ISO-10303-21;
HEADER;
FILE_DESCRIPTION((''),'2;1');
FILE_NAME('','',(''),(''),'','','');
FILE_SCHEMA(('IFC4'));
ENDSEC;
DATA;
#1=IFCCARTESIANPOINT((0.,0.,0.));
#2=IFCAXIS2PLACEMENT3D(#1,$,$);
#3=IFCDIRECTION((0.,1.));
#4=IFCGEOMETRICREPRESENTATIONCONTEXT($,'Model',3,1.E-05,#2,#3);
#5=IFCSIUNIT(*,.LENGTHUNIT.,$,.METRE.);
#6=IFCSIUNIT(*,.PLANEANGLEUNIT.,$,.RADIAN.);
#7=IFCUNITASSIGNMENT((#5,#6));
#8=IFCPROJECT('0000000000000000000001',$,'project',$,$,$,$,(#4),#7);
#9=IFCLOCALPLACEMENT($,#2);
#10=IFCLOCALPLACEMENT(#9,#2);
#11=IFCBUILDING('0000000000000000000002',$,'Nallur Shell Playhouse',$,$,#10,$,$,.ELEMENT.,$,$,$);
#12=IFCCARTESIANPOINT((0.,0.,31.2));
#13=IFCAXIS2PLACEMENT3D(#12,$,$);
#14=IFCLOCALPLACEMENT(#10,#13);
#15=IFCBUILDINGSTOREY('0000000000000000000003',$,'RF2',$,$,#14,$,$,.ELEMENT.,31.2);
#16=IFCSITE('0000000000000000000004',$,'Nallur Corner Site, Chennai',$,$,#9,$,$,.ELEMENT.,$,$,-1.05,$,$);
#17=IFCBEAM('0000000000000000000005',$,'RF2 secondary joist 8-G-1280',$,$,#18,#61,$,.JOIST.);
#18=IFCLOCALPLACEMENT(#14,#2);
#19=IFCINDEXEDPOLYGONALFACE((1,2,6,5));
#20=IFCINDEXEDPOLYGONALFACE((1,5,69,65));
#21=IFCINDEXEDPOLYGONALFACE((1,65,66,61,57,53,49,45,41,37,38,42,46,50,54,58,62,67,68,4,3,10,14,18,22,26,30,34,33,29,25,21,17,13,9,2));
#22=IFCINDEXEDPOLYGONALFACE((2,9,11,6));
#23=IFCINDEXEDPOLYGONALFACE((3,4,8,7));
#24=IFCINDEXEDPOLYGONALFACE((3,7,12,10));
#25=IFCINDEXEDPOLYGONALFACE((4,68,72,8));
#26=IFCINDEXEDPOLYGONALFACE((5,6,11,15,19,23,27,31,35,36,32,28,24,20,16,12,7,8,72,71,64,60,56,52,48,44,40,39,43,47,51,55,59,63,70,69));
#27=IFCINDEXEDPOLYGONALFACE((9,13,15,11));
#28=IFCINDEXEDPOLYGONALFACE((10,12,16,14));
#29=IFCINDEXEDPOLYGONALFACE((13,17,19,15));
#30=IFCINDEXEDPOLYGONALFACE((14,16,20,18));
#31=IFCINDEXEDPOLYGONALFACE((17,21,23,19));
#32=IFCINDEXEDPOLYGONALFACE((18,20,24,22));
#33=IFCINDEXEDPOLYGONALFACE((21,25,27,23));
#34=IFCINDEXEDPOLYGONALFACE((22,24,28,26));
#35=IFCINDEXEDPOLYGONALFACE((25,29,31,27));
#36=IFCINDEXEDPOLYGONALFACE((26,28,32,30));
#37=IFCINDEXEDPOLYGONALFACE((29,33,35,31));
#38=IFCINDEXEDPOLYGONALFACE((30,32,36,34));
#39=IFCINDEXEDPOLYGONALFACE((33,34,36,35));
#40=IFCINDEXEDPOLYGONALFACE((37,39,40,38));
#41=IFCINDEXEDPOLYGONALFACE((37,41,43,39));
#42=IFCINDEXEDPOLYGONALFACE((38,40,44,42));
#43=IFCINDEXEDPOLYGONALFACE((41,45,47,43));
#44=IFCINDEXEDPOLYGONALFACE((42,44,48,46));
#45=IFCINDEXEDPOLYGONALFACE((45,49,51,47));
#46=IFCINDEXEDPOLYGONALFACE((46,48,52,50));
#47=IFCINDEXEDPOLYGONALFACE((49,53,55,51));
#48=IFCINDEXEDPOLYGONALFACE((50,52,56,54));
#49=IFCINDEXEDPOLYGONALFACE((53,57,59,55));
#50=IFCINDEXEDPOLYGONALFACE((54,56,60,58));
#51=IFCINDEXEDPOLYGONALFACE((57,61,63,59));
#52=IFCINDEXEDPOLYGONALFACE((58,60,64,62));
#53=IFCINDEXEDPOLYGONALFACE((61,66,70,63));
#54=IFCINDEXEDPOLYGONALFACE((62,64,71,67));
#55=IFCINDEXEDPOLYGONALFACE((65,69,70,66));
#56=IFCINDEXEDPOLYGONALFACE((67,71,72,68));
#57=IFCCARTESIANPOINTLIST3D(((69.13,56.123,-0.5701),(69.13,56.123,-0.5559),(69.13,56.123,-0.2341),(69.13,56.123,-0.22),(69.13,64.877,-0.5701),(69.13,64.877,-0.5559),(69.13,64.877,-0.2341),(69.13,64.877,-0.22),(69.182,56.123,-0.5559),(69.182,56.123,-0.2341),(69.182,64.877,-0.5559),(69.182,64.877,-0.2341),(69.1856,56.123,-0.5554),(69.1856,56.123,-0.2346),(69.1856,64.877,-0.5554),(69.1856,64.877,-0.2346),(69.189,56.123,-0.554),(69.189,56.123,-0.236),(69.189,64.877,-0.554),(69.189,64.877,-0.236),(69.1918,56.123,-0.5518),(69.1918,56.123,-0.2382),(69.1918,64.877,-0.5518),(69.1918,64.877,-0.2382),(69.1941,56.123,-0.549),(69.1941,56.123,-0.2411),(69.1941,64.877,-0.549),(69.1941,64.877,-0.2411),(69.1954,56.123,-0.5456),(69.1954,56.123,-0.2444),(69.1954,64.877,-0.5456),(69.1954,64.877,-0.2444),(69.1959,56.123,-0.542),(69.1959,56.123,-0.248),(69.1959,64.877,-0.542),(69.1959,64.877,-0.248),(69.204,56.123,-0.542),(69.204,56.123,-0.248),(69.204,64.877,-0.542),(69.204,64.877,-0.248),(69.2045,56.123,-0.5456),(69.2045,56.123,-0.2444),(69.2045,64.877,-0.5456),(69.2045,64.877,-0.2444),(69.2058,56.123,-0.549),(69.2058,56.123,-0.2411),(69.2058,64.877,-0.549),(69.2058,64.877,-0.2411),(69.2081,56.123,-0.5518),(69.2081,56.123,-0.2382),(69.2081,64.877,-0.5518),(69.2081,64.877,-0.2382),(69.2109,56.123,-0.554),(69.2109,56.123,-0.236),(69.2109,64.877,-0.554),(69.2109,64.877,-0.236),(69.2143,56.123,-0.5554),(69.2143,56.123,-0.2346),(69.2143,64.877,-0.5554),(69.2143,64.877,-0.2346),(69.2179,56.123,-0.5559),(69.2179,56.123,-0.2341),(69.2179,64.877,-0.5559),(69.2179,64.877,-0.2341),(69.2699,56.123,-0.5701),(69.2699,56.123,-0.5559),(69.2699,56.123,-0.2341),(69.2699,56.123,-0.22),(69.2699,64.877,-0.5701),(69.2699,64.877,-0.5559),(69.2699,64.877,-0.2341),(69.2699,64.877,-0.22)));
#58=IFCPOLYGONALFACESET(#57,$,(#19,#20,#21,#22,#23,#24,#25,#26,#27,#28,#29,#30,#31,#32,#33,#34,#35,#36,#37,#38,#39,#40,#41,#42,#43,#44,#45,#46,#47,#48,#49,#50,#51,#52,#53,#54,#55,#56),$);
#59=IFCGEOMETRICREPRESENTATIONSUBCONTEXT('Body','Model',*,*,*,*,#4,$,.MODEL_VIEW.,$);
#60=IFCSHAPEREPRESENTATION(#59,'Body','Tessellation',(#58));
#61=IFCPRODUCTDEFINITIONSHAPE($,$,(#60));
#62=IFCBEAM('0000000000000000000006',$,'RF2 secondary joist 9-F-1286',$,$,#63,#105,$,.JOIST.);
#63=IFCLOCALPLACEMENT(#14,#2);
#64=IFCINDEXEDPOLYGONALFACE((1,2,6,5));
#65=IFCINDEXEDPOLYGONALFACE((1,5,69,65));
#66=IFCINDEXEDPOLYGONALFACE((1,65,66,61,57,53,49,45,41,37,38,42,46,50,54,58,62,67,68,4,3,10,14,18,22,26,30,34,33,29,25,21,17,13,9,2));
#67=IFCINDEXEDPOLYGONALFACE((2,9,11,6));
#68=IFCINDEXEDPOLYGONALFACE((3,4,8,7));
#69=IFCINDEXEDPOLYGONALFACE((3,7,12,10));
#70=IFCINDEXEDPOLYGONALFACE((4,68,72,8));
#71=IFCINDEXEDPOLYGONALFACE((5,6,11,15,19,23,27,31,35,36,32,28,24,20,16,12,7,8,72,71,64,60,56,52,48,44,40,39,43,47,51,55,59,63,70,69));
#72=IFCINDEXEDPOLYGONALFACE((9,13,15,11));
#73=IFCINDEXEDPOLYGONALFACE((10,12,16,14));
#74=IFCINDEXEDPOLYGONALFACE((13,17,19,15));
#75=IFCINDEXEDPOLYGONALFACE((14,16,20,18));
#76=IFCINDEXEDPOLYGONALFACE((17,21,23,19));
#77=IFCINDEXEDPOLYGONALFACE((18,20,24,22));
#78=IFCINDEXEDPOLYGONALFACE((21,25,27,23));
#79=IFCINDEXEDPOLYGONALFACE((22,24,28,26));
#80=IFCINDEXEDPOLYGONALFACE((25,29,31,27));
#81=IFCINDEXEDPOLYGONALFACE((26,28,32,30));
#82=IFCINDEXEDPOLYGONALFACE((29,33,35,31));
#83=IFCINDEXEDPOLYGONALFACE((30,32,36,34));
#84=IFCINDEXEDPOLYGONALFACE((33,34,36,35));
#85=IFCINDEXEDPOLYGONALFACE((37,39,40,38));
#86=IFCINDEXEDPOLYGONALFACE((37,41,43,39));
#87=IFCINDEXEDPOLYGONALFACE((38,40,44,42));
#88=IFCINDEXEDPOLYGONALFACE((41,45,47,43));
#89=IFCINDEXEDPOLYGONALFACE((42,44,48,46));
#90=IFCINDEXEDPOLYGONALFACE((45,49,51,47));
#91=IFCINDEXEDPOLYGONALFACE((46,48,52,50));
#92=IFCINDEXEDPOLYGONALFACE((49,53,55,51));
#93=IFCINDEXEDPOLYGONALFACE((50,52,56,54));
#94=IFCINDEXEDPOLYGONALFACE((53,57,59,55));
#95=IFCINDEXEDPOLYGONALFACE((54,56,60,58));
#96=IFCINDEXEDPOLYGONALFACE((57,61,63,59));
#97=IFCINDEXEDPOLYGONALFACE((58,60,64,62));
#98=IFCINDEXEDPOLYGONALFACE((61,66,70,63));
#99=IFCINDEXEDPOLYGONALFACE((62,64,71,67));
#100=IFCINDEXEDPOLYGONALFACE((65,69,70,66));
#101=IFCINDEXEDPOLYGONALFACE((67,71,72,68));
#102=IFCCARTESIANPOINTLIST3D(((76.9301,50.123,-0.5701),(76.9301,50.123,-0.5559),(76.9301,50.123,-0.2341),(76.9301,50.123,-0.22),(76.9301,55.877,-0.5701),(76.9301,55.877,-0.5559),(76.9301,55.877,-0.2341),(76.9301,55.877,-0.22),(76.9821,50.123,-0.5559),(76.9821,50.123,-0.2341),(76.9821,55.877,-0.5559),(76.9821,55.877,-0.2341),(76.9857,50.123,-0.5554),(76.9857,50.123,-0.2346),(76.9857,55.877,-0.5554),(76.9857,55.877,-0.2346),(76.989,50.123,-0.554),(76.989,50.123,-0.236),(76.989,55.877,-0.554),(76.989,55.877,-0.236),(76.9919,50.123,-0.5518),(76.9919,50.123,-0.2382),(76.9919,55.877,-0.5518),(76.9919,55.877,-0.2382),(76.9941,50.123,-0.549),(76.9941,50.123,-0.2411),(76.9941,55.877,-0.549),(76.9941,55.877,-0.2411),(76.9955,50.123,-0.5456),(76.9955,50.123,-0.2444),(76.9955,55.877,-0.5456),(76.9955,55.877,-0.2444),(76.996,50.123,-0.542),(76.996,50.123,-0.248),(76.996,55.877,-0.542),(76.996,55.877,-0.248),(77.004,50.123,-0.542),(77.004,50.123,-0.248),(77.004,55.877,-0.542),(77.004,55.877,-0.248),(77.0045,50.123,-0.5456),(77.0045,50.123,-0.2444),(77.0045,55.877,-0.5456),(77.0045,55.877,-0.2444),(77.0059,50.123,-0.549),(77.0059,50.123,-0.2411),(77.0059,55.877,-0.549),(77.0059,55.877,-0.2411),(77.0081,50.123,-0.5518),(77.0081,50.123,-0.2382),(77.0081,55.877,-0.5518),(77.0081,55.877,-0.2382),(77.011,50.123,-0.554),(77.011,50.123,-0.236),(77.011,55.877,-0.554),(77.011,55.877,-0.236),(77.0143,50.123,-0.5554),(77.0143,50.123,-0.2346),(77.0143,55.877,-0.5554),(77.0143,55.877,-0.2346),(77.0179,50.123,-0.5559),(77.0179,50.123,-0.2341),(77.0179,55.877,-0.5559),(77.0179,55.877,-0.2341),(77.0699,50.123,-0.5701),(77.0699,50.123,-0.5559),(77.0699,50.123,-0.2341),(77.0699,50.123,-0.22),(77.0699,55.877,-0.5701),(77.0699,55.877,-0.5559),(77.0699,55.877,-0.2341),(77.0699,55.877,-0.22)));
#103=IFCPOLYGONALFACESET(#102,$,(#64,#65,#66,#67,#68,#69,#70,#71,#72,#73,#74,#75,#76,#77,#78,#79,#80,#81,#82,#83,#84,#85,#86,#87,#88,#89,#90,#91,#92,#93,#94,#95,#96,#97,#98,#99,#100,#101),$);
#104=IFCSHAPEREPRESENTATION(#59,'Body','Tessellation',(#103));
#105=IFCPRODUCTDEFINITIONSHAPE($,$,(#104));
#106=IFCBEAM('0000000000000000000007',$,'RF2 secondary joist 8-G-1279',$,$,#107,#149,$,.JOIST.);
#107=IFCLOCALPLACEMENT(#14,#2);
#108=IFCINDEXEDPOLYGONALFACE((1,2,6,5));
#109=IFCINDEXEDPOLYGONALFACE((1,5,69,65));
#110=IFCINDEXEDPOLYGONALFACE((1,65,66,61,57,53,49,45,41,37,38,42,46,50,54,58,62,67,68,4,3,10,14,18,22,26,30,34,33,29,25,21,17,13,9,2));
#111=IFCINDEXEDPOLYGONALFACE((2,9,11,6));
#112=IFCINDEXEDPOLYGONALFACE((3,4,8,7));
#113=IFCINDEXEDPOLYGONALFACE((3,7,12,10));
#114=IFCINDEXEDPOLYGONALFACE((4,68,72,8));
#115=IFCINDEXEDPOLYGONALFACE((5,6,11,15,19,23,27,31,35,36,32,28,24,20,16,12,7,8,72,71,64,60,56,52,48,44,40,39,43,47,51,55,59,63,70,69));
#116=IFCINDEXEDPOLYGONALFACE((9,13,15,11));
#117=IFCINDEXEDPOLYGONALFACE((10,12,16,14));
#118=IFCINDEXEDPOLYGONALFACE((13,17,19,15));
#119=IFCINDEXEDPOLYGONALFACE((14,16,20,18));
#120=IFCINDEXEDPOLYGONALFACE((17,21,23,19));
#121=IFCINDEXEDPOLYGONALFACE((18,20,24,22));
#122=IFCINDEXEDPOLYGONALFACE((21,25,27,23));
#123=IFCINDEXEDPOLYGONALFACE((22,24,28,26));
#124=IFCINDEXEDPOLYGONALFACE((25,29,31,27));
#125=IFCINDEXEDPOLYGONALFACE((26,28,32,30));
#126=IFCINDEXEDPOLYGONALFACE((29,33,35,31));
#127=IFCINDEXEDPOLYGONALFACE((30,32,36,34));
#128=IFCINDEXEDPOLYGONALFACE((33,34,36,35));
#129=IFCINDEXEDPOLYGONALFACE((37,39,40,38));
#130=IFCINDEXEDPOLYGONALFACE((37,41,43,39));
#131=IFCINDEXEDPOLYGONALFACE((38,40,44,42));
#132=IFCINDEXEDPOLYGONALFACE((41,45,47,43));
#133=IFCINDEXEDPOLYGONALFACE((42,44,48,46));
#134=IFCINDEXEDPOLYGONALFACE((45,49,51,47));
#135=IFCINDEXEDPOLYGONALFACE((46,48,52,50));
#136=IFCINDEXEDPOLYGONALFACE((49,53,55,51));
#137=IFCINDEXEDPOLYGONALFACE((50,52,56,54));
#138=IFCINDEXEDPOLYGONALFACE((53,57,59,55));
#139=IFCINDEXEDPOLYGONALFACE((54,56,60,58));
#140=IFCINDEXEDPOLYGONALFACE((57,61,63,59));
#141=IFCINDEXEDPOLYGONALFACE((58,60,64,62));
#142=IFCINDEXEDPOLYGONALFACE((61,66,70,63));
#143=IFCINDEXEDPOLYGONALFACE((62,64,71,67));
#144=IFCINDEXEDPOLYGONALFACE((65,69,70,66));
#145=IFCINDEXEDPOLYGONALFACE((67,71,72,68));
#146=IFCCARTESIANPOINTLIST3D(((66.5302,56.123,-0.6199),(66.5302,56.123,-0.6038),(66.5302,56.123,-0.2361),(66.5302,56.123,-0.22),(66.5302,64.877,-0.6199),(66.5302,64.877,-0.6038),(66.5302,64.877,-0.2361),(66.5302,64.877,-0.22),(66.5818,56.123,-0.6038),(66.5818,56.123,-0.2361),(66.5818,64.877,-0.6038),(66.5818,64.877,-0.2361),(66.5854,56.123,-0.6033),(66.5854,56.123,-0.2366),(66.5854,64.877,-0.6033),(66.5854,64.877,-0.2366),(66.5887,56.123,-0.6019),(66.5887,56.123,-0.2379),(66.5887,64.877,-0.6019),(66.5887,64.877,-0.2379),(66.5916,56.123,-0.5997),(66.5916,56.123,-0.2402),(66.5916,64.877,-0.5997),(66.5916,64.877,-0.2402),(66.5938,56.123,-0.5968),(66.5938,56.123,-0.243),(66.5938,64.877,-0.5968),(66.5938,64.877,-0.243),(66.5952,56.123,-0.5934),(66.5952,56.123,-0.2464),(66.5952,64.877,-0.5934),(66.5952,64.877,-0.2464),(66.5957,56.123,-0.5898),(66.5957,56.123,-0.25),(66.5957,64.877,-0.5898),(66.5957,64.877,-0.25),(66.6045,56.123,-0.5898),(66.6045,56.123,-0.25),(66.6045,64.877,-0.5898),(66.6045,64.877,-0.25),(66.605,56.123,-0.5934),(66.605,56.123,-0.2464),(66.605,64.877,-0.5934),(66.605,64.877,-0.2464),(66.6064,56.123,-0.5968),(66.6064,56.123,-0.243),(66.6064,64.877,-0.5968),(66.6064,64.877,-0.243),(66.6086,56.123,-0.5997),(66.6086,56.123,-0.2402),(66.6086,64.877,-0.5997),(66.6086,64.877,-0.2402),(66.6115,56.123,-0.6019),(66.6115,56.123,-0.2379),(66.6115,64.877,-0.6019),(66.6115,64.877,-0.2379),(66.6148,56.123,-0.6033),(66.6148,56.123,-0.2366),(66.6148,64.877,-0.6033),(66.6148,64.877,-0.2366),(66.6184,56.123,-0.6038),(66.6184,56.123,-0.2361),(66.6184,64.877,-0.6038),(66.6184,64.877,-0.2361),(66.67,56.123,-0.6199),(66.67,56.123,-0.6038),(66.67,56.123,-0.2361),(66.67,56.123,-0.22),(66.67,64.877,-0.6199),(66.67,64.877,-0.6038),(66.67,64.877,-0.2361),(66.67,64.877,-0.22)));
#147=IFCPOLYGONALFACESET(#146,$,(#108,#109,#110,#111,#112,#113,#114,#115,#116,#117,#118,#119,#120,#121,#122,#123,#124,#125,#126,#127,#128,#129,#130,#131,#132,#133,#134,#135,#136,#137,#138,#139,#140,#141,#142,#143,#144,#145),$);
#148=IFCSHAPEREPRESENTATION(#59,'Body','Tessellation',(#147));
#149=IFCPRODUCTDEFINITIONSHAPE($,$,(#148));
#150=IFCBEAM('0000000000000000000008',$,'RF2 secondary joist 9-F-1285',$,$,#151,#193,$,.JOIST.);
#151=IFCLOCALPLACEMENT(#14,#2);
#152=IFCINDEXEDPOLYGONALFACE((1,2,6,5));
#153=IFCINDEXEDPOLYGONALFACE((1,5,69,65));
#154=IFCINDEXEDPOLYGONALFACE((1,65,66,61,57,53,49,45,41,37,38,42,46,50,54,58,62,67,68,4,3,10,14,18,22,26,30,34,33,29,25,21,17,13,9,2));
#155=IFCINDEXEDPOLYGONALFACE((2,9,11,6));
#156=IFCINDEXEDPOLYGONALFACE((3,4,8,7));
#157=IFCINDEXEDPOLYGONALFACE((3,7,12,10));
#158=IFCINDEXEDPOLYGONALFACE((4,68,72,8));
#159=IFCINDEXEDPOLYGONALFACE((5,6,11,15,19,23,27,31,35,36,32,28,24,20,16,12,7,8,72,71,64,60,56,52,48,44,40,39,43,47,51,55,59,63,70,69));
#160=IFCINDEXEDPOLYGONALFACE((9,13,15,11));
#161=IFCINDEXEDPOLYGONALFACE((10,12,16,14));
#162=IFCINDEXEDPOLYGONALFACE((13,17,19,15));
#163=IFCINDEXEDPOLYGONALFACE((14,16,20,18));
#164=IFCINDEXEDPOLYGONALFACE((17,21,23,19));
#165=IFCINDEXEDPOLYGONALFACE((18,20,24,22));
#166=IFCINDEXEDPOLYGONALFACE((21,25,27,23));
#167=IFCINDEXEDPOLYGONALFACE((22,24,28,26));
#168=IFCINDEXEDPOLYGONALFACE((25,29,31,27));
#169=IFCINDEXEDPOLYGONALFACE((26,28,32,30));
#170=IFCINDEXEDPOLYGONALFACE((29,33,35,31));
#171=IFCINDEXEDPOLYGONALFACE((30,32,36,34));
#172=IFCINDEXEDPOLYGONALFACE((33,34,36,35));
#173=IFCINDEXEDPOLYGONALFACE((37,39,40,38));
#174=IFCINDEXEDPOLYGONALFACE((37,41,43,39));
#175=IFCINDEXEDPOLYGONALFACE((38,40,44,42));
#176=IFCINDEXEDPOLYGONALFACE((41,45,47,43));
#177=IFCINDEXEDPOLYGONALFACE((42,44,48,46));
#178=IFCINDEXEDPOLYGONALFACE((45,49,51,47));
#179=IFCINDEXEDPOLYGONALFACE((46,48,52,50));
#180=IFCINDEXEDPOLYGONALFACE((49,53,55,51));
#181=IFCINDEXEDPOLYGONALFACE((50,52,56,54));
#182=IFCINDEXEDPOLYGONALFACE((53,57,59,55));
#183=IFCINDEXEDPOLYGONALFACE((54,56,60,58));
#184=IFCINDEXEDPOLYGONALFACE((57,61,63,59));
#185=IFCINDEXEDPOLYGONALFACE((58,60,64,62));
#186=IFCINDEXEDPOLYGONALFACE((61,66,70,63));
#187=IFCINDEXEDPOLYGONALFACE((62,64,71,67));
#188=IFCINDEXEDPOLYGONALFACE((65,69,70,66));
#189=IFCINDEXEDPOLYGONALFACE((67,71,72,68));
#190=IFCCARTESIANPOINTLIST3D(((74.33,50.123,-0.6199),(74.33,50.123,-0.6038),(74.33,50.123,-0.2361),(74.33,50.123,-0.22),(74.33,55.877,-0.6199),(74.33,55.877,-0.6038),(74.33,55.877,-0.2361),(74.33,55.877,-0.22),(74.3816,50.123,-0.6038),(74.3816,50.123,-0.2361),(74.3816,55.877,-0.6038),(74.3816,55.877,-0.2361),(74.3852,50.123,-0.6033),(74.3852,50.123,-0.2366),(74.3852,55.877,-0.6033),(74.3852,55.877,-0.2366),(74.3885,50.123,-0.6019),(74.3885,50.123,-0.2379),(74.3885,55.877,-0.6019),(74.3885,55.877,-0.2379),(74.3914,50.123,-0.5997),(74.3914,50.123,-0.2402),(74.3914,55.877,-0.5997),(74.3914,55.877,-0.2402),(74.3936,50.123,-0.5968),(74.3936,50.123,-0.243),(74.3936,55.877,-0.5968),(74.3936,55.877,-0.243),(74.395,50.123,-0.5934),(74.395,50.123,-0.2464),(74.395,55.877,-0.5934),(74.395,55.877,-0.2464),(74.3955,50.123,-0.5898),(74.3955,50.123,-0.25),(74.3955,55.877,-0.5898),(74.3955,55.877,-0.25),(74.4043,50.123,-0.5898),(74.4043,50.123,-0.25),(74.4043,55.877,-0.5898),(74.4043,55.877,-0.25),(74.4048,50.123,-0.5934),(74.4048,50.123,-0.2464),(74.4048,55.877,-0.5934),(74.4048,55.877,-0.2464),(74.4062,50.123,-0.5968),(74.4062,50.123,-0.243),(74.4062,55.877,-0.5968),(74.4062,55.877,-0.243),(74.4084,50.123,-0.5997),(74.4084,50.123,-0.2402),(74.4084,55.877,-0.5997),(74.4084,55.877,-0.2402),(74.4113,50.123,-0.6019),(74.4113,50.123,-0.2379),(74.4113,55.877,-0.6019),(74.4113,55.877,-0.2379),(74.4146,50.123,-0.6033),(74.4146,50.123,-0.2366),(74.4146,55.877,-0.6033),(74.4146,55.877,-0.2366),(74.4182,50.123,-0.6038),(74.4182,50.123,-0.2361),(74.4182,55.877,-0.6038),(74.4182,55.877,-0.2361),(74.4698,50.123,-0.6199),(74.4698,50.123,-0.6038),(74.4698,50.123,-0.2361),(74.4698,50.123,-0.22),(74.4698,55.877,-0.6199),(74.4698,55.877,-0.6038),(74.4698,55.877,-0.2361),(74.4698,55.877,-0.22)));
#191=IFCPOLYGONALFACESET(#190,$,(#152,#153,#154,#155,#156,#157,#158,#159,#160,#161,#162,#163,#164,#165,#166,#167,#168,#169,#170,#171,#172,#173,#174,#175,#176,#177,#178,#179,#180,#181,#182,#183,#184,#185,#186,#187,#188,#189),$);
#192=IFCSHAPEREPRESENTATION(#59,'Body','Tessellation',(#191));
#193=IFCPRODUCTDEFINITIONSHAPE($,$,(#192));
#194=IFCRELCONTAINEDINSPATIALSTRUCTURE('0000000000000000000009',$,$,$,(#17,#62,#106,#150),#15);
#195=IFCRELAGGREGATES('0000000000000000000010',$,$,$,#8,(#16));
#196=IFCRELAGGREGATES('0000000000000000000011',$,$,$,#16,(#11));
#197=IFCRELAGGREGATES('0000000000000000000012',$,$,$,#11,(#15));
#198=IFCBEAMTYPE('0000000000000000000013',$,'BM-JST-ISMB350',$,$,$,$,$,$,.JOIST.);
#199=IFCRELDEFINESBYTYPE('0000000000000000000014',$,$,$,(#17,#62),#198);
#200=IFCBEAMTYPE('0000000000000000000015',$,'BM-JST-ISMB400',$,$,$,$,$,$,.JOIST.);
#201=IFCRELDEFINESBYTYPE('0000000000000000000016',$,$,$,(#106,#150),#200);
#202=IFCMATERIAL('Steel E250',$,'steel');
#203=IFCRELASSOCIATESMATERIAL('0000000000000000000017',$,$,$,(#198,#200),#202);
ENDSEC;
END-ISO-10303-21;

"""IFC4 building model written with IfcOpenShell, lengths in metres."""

from ifc_helpers import new_model, si_unit, direction, frame, origin, origin_2d, place, context, subcontext, project, spatial, i_section, extrude, material, material_profile, profile_set, type_object, element, save


model = new_model("IFC4")

# Units and contexts
model_context = context("Model", 3, precision=1e-05, world=origin(), true_north=direction((0.0, 1.0)))
body_context = subcontext(model_context, "Body", "Model", "MODEL_VIEW")
ifc_project = project(units=[si_unit("LENGTHUNIT", "METRE"), si_unit("PLANEANGLEUNIT", "RADIAN")], contexts=[model_context])

# Site, building, storey
site_placement = place(None, origin())
site = spatial("IfcSite", under=ifc_project, at=site_placement, Name="Nallur Corner Site, Chennai", CompositionType="ELEMENT", RefElevation=-1.05)
building_placement = place(site_placement, origin())
building = spatial("IfcBuilding", under=site, at=building_placement, Name="Nallur Shell Playhouse", CompositionType="ELEMENT")
storey_placement = place(building_placement, frame((0.0, 0.0, 31.2)))
storey = spatial("IfcBuildingStorey", under=building, at=storey_placement, Name="RF2", CompositionType="ELEMENT", Elevation=31.2)

# Beams
ifc_material_1 = material(Name="Steel E250", Category="steel")
ifc_material_profile_1 = material_profile(ifc_material_1, i_section(OverallWidth=0.1399, OverallDepth=0.3501, WebThickness=0.0081, FlangeThickness=0.0142, FilletRadius=0.0139, at=origin_2d()), Name="ISMB 350")
ifc_profile_set_1 = profile_set([ifc_material_profile_1], Name="Steel E250")
beam_type_1 = type_object("IfcBeamType", Name="BM-JST-ISMB350", PredefinedType="JOIST", material=ifc_profile_set_1)
beam_1_placement = place(storey_placement, frame((69.2, 56.123, -0.395), z_axis=(0.0, 1.0, 0.0), x_axis=(-1.0, 0.0, 0.0)))
element("IfcBeam", 1, at=beam_1_placement, inside=storey, type_object=beam_type_1, Name="RF2 secondary joist 8-G-1280", PredefinedType="JOIST", context=body_context, shape_type="SweptSolid", body=[
    extrude(i_section(OverallWidth=0.1399, OverallDepth=0.3501, WebThickness=0.0081, FlangeThickness=0.0142, FilletRadius=0.0139, at=origin_2d()), origin(), (0.0, 0.0, 1.0), 8.7539),
])
beam_2_placement = place(storey_placement, frame((77.0, 50.123, -0.395), z_axis=(0.0, 1.0, 0.0), x_axis=(-1.0, 0.0, 0.0)))
element("IfcBeam", 2, at=beam_2_placement, inside=storey, type_object=beam_type_1, Name="RF2 secondary joist 9-F-1286", PredefinedType="JOIST", context=body_context, shape_type="SweptSolid", body=[
    extrude(i_section(OverallWidth=0.1399, OverallDepth=0.3501, WebThickness=0.0081, FlangeThickness=0.0142, FilletRadius=0.0139, at=origin_2d()), origin(), (0.0, 0.0, 1.0), 5.7539),
])
ifc_material_profile_2 = material_profile(ifc_material_1, i_section(OverallWidth=0.1399, OverallDepth=0.3999, WebThickness=0.0088, FlangeThickness=0.0161, FilletRadius=0.0139, at=origin_2d()), Name="ISMB 400")
ifc_profile_set_2 = profile_set([ifc_material_profile_2], Name="Steel E250")
beam_type_2 = type_object("IfcBeamType", Name="BM-JST-ISMB400", PredefinedType="JOIST", material=ifc_profile_set_2)
beam_3_placement = place(storey_placement, frame((66.6001, 56.123, -0.4199), z_axis=(0.0, 1.0, 0.0), x_axis=(-1.0, 0.0, 0.0)))
element("IfcBeam", 3, at=beam_3_placement, inside=storey, type_object=beam_type_2, Name="RF2 secondary joist 8-G-1279", PredefinedType="JOIST", context=body_context, shape_type="SweptSolid", body=[
    extrude(i_section(OverallWidth=0.1399, OverallDepth=0.3999, WebThickness=0.0088, FlangeThickness=0.0161, FilletRadius=0.0139, at=origin_2d()), origin(), (0.0, 0.0, 1.0), 8.7539),
])
beam_4_placement = place(storey_placement, frame((74.3999, 50.123, -0.4199), z_axis=(0.0, 1.0, 0.0), x_axis=(-1.0, 0.0, 0.0)))
element("IfcBeam", 4, at=beam_4_placement, inside=storey, type_object=beam_type_2, Name="RF2 secondary joist 9-F-1285", PredefinedType="JOIST", context=body_context, shape_type="SweptSolid", body=[
    extrude(i_section(OverallWidth=0.1399, OverallDepth=0.3999, WebThickness=0.0088, FlangeThickness=0.0161, FilletRadius=0.0139, at=origin_2d()), origin(), (0.0, 0.0, 1.0), 5.7539),
])

save(model, "model.ifc")
